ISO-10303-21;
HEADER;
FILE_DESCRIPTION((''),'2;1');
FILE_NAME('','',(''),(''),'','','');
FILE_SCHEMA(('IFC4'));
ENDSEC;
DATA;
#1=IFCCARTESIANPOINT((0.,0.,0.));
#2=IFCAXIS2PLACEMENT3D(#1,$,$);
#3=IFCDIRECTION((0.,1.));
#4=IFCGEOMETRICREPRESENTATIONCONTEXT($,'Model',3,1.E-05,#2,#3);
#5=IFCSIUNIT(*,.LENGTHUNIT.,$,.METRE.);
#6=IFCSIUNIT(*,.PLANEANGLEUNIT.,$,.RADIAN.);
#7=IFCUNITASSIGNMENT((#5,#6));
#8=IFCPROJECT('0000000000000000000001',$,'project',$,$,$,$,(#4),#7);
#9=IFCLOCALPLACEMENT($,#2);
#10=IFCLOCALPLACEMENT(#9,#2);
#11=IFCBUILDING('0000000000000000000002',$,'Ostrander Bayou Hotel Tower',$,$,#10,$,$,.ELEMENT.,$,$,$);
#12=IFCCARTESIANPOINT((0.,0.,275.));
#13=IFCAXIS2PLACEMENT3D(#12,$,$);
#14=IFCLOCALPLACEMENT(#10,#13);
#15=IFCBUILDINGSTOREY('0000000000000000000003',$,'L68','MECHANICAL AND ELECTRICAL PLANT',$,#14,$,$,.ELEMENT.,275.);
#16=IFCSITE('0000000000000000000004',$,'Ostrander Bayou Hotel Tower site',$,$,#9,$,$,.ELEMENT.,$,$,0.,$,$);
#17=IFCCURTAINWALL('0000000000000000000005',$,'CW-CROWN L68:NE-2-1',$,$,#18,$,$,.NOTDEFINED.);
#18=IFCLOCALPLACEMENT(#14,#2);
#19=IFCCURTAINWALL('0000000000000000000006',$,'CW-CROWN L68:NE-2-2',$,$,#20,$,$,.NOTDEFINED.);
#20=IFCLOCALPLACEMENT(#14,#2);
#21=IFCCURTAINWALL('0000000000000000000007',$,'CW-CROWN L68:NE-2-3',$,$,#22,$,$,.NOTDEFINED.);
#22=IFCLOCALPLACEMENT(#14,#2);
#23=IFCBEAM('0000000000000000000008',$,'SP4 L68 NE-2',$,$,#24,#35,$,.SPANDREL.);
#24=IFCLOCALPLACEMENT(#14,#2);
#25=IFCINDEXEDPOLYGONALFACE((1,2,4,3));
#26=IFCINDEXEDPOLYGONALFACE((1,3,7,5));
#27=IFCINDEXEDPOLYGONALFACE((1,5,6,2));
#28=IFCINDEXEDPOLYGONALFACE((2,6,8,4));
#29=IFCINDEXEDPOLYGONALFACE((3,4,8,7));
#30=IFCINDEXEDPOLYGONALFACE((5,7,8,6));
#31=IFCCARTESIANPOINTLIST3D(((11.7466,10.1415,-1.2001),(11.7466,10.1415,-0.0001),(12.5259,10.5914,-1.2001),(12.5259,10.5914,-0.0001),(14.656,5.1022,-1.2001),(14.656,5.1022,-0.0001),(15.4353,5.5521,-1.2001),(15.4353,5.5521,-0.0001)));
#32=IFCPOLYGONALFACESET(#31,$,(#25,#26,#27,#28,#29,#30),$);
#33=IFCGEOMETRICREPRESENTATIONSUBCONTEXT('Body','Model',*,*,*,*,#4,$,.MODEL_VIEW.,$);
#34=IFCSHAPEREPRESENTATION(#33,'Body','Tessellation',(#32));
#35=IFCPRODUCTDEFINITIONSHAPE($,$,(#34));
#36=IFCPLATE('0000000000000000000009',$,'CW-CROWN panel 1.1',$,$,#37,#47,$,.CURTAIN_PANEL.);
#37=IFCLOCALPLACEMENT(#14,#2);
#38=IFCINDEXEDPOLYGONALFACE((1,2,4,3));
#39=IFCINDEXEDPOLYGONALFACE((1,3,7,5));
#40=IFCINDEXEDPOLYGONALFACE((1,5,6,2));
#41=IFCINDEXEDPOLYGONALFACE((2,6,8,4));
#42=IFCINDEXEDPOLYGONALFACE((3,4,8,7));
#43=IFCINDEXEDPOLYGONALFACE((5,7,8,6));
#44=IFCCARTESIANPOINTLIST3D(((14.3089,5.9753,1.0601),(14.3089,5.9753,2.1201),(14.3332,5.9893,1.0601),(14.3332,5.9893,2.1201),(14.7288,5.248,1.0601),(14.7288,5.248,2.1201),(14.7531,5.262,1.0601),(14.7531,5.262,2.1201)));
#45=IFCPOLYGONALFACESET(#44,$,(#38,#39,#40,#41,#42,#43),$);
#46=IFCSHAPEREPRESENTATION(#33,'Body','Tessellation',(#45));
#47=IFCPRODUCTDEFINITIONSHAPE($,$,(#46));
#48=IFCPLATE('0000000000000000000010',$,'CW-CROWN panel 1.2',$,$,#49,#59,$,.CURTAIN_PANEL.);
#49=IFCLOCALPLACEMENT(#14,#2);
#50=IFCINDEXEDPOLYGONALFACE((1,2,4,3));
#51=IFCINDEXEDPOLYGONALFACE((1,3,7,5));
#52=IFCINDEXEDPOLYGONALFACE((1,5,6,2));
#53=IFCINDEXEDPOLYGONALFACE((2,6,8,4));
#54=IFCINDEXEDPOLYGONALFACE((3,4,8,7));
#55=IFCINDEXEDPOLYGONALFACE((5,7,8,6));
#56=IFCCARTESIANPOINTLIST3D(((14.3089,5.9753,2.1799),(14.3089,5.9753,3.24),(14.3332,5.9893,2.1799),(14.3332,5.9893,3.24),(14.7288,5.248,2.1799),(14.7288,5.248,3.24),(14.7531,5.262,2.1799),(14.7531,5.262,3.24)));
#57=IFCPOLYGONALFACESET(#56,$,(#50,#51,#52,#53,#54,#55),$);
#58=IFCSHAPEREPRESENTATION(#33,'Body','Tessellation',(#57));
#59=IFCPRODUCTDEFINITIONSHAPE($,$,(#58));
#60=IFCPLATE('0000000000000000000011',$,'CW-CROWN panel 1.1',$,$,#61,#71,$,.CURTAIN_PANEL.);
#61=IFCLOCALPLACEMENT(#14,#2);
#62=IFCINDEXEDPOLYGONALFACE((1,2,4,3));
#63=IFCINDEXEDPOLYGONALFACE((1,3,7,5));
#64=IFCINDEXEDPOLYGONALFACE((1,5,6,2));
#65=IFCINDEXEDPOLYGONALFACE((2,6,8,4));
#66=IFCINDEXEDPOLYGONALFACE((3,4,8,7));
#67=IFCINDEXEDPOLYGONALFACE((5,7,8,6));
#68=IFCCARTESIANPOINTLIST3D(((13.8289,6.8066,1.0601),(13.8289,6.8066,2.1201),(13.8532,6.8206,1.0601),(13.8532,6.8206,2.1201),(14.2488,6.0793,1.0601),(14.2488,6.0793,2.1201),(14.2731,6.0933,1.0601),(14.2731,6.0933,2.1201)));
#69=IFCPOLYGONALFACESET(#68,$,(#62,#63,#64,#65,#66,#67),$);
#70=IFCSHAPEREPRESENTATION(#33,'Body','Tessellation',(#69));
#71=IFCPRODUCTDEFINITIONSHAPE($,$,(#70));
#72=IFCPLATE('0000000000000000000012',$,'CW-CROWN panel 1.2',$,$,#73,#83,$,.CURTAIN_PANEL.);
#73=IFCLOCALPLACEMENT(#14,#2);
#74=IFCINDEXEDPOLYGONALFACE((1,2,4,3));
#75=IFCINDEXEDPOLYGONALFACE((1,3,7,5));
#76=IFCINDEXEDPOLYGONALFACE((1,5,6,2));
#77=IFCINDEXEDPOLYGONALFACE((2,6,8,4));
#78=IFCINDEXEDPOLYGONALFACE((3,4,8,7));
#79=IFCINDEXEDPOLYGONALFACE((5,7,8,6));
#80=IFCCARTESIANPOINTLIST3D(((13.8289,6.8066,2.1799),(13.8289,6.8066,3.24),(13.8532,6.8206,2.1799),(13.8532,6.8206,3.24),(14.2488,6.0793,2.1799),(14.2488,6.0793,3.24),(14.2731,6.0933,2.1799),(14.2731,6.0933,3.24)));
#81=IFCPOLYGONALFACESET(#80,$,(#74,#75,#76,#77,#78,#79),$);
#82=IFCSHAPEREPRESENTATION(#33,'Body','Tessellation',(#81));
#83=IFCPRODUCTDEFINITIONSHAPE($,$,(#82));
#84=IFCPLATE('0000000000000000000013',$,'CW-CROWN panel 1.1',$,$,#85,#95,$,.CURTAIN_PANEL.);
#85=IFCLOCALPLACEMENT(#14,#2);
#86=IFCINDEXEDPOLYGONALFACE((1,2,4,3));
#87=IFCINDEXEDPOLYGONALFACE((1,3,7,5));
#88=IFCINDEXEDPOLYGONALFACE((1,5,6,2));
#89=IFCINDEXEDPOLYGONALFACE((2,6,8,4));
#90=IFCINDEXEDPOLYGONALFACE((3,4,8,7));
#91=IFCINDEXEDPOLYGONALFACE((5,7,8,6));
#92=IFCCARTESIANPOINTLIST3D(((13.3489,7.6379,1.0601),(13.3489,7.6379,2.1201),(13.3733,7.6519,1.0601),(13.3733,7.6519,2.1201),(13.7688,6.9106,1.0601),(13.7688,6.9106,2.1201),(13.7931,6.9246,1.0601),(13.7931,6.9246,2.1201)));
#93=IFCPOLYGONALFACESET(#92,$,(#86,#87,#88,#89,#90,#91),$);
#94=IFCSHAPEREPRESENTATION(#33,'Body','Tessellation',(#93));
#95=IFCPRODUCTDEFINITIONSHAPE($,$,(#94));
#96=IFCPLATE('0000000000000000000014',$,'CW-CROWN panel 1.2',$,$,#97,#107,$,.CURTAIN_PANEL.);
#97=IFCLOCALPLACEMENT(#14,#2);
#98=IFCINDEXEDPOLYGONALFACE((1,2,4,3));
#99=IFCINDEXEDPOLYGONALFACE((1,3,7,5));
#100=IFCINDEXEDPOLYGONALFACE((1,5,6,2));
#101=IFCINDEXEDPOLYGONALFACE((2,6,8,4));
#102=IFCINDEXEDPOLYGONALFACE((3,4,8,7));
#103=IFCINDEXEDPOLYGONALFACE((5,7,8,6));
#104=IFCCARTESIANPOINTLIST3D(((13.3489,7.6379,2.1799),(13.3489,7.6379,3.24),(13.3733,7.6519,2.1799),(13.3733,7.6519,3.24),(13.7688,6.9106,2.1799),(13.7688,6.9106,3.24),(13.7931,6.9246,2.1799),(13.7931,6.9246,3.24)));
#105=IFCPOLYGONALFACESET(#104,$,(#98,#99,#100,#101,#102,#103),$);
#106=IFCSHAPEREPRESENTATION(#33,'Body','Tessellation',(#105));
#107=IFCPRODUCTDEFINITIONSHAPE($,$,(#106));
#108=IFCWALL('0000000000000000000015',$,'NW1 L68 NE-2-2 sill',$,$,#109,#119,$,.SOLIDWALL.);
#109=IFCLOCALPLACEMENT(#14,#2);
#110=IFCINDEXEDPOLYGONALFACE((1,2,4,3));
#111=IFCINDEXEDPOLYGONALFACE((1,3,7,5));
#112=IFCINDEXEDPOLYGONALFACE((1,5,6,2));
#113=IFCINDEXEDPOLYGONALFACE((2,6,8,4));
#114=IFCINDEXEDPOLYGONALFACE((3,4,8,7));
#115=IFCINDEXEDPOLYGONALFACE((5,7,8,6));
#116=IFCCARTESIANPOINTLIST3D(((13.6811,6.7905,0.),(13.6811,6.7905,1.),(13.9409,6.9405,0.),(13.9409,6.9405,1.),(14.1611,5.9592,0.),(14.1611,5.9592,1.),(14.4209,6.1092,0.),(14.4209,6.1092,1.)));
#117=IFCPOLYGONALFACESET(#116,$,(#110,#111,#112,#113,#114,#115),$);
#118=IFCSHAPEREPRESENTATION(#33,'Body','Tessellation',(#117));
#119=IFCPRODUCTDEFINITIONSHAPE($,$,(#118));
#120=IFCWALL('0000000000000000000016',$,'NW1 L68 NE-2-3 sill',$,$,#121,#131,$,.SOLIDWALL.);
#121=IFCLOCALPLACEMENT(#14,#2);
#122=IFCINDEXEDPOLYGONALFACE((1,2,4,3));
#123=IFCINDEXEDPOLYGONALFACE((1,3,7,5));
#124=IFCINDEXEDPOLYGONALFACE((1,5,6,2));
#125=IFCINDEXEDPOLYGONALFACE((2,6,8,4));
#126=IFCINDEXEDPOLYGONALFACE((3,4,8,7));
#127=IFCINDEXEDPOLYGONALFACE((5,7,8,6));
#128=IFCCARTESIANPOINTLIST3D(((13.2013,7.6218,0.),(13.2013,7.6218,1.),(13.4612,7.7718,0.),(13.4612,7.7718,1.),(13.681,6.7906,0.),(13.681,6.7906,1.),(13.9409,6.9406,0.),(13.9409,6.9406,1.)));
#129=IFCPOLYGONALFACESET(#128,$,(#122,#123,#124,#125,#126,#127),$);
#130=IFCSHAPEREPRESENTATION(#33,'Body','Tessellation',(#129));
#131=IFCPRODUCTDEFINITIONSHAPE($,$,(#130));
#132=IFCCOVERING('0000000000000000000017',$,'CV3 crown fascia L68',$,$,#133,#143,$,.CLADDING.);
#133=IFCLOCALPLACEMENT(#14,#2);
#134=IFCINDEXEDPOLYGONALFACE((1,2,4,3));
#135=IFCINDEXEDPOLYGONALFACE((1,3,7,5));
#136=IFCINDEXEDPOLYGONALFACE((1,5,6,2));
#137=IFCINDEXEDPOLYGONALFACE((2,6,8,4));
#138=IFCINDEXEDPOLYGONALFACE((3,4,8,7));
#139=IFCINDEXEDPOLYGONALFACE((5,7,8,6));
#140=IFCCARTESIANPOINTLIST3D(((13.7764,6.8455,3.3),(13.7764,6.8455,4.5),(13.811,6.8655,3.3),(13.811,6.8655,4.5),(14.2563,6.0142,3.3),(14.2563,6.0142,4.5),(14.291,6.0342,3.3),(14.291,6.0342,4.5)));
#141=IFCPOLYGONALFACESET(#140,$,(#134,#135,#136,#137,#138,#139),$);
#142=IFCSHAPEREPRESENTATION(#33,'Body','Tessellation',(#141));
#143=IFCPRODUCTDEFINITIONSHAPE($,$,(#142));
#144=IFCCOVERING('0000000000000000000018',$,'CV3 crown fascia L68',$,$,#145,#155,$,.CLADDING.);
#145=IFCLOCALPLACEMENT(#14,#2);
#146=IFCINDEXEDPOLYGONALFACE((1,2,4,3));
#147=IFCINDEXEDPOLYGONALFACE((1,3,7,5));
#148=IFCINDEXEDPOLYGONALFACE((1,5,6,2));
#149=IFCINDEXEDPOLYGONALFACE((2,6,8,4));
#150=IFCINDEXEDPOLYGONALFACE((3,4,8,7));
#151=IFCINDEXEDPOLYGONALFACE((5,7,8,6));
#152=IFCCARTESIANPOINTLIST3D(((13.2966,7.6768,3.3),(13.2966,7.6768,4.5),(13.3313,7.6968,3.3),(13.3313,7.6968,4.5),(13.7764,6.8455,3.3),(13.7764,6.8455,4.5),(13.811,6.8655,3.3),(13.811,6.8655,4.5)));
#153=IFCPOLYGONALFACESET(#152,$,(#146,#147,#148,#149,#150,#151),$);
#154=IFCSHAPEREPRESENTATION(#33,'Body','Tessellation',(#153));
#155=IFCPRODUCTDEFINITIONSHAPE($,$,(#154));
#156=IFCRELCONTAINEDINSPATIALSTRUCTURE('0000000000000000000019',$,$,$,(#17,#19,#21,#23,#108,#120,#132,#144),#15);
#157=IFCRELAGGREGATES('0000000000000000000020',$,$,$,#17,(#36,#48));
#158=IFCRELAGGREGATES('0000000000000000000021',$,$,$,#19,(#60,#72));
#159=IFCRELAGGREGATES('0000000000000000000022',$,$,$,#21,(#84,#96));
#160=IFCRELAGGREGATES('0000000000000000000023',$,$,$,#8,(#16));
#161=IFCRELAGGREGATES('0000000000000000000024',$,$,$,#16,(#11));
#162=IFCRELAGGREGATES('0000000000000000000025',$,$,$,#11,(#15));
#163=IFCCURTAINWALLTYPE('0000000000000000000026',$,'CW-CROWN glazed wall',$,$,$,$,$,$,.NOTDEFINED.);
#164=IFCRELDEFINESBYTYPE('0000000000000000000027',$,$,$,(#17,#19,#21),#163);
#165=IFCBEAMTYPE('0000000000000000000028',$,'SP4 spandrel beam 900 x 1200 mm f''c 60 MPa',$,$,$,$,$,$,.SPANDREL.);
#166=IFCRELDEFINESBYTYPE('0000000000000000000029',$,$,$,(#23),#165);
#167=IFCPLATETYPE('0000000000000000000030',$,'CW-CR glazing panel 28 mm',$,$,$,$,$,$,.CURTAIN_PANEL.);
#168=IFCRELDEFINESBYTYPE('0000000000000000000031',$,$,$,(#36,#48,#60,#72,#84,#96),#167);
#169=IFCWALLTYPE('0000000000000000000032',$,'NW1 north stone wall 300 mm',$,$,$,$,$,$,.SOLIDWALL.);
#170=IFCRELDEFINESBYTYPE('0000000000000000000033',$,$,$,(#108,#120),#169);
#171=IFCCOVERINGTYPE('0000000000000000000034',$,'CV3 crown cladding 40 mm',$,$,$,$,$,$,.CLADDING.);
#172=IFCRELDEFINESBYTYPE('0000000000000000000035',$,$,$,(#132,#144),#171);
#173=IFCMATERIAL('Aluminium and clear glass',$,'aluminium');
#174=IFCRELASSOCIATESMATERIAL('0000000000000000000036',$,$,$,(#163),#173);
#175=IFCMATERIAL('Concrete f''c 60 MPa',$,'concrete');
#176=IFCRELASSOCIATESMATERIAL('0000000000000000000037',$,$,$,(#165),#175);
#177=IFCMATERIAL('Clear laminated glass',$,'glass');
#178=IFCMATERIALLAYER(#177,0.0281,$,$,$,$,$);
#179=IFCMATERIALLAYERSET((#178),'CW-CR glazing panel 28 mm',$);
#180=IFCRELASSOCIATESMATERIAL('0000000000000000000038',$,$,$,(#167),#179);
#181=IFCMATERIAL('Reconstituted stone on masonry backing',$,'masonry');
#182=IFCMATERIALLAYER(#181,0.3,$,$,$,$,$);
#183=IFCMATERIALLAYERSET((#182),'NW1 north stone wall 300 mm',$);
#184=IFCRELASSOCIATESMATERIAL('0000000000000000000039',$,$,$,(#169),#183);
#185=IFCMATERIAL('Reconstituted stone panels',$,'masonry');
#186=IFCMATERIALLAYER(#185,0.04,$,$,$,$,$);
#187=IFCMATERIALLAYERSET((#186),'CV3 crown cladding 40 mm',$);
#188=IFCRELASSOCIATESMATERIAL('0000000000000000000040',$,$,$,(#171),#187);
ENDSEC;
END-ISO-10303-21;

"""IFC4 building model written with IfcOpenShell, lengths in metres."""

from ifc_helpers import new_model, si_unit, direction, frame, frame_2d, origin, origin_2d, place, context, subcontext, project, spatial, polyline, rectangle, outline, extrude, material, layer, layer_set, material_profile, profile_set, type_object, element, aggregate, save


model = new_model("IFC4")

# Units and contexts
model_context = context("Model", 3, precision=1e-05, world=origin(), true_north=direction((0.0, 1.0)))
body_context = subcontext(model_context, "Body", "Model", "MODEL_VIEW")
ifc_project = project(units=[si_unit("LENGTHUNIT", "METRE"), si_unit("PLANEANGLEUNIT", "RADIAN")], contexts=[model_context])

# Site, building, storey
site_placement = place(None, origin())
site = spatial("IfcSite", under=ifc_project, at=site_placement, Name="Ostrander Bayou Hotel Tower site", CompositionType="ELEMENT", RefElevation=0.0)
building_placement = place(site_placement, origin())
building = spatial("IfcBuilding", under=site, at=building_placement, Name="Ostrander Bayou Hotel Tower", CompositionType="ELEMENT")
storey_placement = place(building_placement, frame((0.0, 0.0, 275.0)))
storey = spatial("IfcBuildingStorey", under=building, at=storey_placement, Name="L68", Description="MECHANICAL AND ELECTRICAL PLANT", CompositionType="ELEMENT", Elevation=275.0)

# Curtain wall
ifc_material_1 = material(Name="Aluminium and clear glass", Category="aluminium")
curtain_wall_type = type_object("IfcCurtainWallType", Name="CW-CROWN glazed wall", PredefinedType="NOTDEFINED", material=ifc_material_1)
curtain_wall_1_placement = place(storey_placement, origin())
curtain_wall_1 = element("IfcCurtainWall", 1, at=curtain_wall_1_placement, inside=storey, type_object=curtain_wall_type, Name="CW-CROWN L68:NE-2-1", PredefinedType="NOTDEFINED")

# Curtain walls
curtain_wall_2_placement = place(storey_placement, origin())
curtain_wall_2 = element("IfcCurtainWall", 2, at=curtain_wall_2_placement, inside=storey, type_object=curtain_wall_type, Name="CW-CROWN L68:NE-2-2", PredefinedType="NOTDEFINED")
curtain_wall_3_placement = place(storey_placement, origin())
curtain_wall_3 = element("IfcCurtainWall", 3, at=curtain_wall_3_placement, inside=storey, type_object=curtain_wall_type, Name="CW-CROWN L68:NE-2-3", PredefinedType="NOTDEFINED")

# Beam
ifc_material_2 = material(Name="Concrete f'c 60 MPa", Category="concrete")
ifc_material_profile_1 = material_profile(ifc_material_2, rectangle(XDim=0.8999, YDim=1.2, at=origin_2d()))
ifc_profile_set_1 = profile_set([ifc_material_profile_1], Name="Concrete f'c 60 MPa")
beam_type = type_object("IfcBeamType", Name="SP4 spandrel beam 900 x 1200 mm f'c 60 MPa", PredefinedType="SPANDREL", material=ifc_profile_set_1)
beam_placement = place(storey_placement, frame((15.0457, 5.3271, -0.6001), z_axis=(-0.499997, 0.866027, 0.0), x_axis=(-0.866027, -0.499997, 0.0)))
element("IfcBeam", 4, at=beam_placement, inside=storey, type_object=beam_type, Name="SP4 L68 NE-2", PredefinedType="SPANDREL", context=body_context, shape_type="SweptSolid", body=[
    extrude(rectangle(XDim=0.8999, YDim=1.2, at=origin_2d()), origin(), (0.0, 0.0, 1.0), 5.8188),
])

# Plates
ifc_material_3 = material(Name="Clear laminated glass", Category="glass")
ifc_layer_1 = layer(ifc_material_3, 0.0281)
ifc_layer_set_1 = layer_set([ifc_layer_1], Name="CW-CR glazing panel 28 mm")
plate_type = type_object("IfcPlateType", Name="CW-CR glazing panel 28 mm", PredefinedType="CURTAIN_PANEL", material=ifc_layer_set_1)
plate_1_placement = place(storey_placement, frame((14.531, 5.6187, 1.0601), z_axis=(0.0, 0.0, 1.0), x_axis=(-0.500005, 0.866022, 0.0)))
plate_1 = element("IfcPlate", 5, at=plate_1_placement, type_object=plate_type, Name="CW-CROWN panel 1.1", PredefinedType="CURTAIN_PANEL", context=body_context, shape_type="SweptSolid", body=[
    extrude(rectangle(XDim=0.8398, YDim=0.0281, at=origin_2d()), origin(), (0.0, 0.0, 1.0), 1.0601),
])
plate_2_placement = place(storey_placement, frame((14.531, 5.6187, 2.1799), z_axis=(0.0, 0.0, 1.0), x_axis=(-0.500005, 0.866022, 0.0)))
plate_2 = element("IfcPlate", 6, at=plate_2_placement, type_object=plate_type, Name="CW-CROWN panel 1.2", PredefinedType="CURTAIN_PANEL", context=body_context, shape_type="SweptSolid", body=[
    extrude(rectangle(XDim=0.8398, YDim=0.0281, at=origin_2d()), origin(), (0.0, 0.0, 1.0), 1.0601),
])
aggregate(curtain_wall_1, [plate_1, plate_2])
plate_3_placement = place(storey_placement, frame((14.051, 6.45, 1.0601), z_axis=(0.0, 0.0, 1.0), x_axis=(-0.500005, 0.866022, 0.0)))
plate_3 = element("IfcPlate", 7, at=plate_3_placement, type_object=plate_type, Name="CW-CROWN panel 1.1", PredefinedType="CURTAIN_PANEL", context=body_context, shape_type="SweptSolid", body=[
    extrude(rectangle(XDim=0.8398, YDim=0.0281, at=origin_2d()), origin(), (0.0, 0.0, 1.0), 1.0601),
])
plate_4_placement = place(storey_placement, frame((14.051, 6.45, 2.1799), z_axis=(0.0, 0.0, 1.0), x_axis=(-0.500005, 0.866022, 0.0)))
plate_4 = element("IfcPlate", 8, at=plate_4_placement, type_object=plate_type, Name="CW-CROWN panel 1.2", PredefinedType="CURTAIN_PANEL", context=body_context, shape_type="SweptSolid", body=[
    extrude(rectangle(XDim=0.8398, YDim=0.0281, at=origin_2d()), origin(), (0.0, 0.0, 1.0), 1.0601),
])
aggregate(curtain_wall_2, [plate_3, plate_4])
plate_5_placement = place(storey_placement, frame((13.571, 7.2812, 1.0601), z_axis=(0.0, 0.0, 1.0), x_axis=(-0.49996, 0.866049, 0.0)))
plate_5 = element("IfcPlate", 9, at=plate_5_placement, type_object=plate_type, Name="CW-CROWN panel 1.1", PredefinedType="CURTAIN_PANEL", context=body_context, shape_type="SweptSolid", body=[
    extrude(rectangle(XDim=0.8398, YDim=0.0281, at=origin_2d()), origin(), (0.0, 0.0, 1.0), 1.0601),
])
plate_6_placement = place(storey_placement, frame((13.571, 7.2812, 2.1799), z_axis=(0.0, 0.0, 1.0), x_axis=(-0.49996, 0.866049, 0.0)))
plate_6 = element("IfcPlate", 10, at=plate_6_placement, type_object=plate_type, Name="CW-CROWN panel 1.2", PredefinedType="CURTAIN_PANEL", context=body_context, shape_type="SweptSolid", body=[
    extrude(rectangle(XDim=0.8398, YDim=0.0281, at=origin_2d()), origin(), (0.0, 0.0, 1.0), 1.0601),
])
aggregate(curtain_wall_3, [plate_5, plate_6])

# Walls
ifc_material_4 = material(Name="Reconstituted stone on masonry backing", Category="masonry")
ifc_layer_2 = layer(ifc_material_4, 0.3)
ifc_layer_set_2 = layer_set([ifc_layer_2], Name="NW1 north stone wall 300 mm")
wall_type = type_object("IfcWallType", Name="NW1 north stone wall 300 mm", PredefinedType="SOLIDWALL", material=ifc_layer_set_2)
wall_1_placement = place(storey_placement, frame((14.291, 6.0342, 0.0), z_axis=(0.0, 0.0, 1.0), x_axis=(-0.500023, 0.866012, 0.0)))
element("IfcWall", 11, at=wall_1_placement, inside=storey, type_object=wall_type, Name="NW1 L68 NE-2-2 sill", PredefinedType="SOLIDWALL", context=body_context, shape_type="SweptSolid", body=[
    extrude(rectangle(XDim=0.96, YDim=0.3, at=frame_2d((0.48, 0.0))), origin(), (0.0, 0.0, 1.0), 1.0),
])
wall_2_placement = place(storey_placement, frame((13.811, 6.8655, 0.0), z_axis=(0.0, 0.0, 1.0), x_axis=(-0.499833, 0.866122, 0.0)))
element("IfcWall", 12, at=wall_2_placement, inside=storey, type_object=wall_type, Name="NW1 L68 NE-2-3 sill", PredefinedType="SOLIDWALL", context=body_context, shape_type="SweptSolid", body=[
    extrude(rectangle(XDim=0.9597, YDim=0.3, at=frame_2d((0.48, 0.0))), origin(), (0.0, 0.0, 1.0), 1.0),
])

# Coverings
ifc_material_5 = material(Name="Reconstituted stone panels", Category="masonry")
ifc_layer_3 = layer(ifc_material_5, 0.04)
ifc_layer_set_3 = layer_set([ifc_layer_3], Name="CV3 crown cladding 40 mm")
covering_type = type_object("IfcCoveringType", Name="CV3 crown cladding 40 mm", PredefinedType="CLADDING", material=ifc_layer_set_3)
covering_1_placement = place(storey_placement, frame((14.291, 6.0342, 3.3), z_axis=(0.866012, 0.500023, 0.0), x_axis=(-0.500023, 0.866012, 0.0)))
element("IfcCovering", 13, at=covering_1_placement, inside=storey, type_object=covering_type, Name="CV3 crown fascia L68", PredefinedType="CLADDING", context=body_context, shape_type="SweptSolid", body=[
    extrude(outline(polyline([(0.0, 0.0), (0.9599, 0.0), (0.9599, 1.2), (0.0, 1.2), (0.0, 0.0)])), origin(), (0.0, 0.0, -1.0), 0.04),
])
covering_2_placement = place(storey_placement, frame((13.811, 6.8655, 3.3), z_axis=(0.866122, 0.499833, 0.0), x_axis=(-0.499833, 0.866122, 0.0)))
element("IfcCovering", 14, at=covering_2_placement, inside=storey, type_object=covering_type, Name="CV3 crown fascia L68", PredefinedType="CLADDING", context=body_context, shape_type="SweptSolid", body=[
    extrude(outline(polyline([(0.0, 0.0), (0.9598, 0.0), (0.9598, 1.2), (0.0, 1.2), (0.0, 0.0)])), origin(), (0.0, 0.0, -1.0), 0.04),
])

save(model, "model.ifc")
